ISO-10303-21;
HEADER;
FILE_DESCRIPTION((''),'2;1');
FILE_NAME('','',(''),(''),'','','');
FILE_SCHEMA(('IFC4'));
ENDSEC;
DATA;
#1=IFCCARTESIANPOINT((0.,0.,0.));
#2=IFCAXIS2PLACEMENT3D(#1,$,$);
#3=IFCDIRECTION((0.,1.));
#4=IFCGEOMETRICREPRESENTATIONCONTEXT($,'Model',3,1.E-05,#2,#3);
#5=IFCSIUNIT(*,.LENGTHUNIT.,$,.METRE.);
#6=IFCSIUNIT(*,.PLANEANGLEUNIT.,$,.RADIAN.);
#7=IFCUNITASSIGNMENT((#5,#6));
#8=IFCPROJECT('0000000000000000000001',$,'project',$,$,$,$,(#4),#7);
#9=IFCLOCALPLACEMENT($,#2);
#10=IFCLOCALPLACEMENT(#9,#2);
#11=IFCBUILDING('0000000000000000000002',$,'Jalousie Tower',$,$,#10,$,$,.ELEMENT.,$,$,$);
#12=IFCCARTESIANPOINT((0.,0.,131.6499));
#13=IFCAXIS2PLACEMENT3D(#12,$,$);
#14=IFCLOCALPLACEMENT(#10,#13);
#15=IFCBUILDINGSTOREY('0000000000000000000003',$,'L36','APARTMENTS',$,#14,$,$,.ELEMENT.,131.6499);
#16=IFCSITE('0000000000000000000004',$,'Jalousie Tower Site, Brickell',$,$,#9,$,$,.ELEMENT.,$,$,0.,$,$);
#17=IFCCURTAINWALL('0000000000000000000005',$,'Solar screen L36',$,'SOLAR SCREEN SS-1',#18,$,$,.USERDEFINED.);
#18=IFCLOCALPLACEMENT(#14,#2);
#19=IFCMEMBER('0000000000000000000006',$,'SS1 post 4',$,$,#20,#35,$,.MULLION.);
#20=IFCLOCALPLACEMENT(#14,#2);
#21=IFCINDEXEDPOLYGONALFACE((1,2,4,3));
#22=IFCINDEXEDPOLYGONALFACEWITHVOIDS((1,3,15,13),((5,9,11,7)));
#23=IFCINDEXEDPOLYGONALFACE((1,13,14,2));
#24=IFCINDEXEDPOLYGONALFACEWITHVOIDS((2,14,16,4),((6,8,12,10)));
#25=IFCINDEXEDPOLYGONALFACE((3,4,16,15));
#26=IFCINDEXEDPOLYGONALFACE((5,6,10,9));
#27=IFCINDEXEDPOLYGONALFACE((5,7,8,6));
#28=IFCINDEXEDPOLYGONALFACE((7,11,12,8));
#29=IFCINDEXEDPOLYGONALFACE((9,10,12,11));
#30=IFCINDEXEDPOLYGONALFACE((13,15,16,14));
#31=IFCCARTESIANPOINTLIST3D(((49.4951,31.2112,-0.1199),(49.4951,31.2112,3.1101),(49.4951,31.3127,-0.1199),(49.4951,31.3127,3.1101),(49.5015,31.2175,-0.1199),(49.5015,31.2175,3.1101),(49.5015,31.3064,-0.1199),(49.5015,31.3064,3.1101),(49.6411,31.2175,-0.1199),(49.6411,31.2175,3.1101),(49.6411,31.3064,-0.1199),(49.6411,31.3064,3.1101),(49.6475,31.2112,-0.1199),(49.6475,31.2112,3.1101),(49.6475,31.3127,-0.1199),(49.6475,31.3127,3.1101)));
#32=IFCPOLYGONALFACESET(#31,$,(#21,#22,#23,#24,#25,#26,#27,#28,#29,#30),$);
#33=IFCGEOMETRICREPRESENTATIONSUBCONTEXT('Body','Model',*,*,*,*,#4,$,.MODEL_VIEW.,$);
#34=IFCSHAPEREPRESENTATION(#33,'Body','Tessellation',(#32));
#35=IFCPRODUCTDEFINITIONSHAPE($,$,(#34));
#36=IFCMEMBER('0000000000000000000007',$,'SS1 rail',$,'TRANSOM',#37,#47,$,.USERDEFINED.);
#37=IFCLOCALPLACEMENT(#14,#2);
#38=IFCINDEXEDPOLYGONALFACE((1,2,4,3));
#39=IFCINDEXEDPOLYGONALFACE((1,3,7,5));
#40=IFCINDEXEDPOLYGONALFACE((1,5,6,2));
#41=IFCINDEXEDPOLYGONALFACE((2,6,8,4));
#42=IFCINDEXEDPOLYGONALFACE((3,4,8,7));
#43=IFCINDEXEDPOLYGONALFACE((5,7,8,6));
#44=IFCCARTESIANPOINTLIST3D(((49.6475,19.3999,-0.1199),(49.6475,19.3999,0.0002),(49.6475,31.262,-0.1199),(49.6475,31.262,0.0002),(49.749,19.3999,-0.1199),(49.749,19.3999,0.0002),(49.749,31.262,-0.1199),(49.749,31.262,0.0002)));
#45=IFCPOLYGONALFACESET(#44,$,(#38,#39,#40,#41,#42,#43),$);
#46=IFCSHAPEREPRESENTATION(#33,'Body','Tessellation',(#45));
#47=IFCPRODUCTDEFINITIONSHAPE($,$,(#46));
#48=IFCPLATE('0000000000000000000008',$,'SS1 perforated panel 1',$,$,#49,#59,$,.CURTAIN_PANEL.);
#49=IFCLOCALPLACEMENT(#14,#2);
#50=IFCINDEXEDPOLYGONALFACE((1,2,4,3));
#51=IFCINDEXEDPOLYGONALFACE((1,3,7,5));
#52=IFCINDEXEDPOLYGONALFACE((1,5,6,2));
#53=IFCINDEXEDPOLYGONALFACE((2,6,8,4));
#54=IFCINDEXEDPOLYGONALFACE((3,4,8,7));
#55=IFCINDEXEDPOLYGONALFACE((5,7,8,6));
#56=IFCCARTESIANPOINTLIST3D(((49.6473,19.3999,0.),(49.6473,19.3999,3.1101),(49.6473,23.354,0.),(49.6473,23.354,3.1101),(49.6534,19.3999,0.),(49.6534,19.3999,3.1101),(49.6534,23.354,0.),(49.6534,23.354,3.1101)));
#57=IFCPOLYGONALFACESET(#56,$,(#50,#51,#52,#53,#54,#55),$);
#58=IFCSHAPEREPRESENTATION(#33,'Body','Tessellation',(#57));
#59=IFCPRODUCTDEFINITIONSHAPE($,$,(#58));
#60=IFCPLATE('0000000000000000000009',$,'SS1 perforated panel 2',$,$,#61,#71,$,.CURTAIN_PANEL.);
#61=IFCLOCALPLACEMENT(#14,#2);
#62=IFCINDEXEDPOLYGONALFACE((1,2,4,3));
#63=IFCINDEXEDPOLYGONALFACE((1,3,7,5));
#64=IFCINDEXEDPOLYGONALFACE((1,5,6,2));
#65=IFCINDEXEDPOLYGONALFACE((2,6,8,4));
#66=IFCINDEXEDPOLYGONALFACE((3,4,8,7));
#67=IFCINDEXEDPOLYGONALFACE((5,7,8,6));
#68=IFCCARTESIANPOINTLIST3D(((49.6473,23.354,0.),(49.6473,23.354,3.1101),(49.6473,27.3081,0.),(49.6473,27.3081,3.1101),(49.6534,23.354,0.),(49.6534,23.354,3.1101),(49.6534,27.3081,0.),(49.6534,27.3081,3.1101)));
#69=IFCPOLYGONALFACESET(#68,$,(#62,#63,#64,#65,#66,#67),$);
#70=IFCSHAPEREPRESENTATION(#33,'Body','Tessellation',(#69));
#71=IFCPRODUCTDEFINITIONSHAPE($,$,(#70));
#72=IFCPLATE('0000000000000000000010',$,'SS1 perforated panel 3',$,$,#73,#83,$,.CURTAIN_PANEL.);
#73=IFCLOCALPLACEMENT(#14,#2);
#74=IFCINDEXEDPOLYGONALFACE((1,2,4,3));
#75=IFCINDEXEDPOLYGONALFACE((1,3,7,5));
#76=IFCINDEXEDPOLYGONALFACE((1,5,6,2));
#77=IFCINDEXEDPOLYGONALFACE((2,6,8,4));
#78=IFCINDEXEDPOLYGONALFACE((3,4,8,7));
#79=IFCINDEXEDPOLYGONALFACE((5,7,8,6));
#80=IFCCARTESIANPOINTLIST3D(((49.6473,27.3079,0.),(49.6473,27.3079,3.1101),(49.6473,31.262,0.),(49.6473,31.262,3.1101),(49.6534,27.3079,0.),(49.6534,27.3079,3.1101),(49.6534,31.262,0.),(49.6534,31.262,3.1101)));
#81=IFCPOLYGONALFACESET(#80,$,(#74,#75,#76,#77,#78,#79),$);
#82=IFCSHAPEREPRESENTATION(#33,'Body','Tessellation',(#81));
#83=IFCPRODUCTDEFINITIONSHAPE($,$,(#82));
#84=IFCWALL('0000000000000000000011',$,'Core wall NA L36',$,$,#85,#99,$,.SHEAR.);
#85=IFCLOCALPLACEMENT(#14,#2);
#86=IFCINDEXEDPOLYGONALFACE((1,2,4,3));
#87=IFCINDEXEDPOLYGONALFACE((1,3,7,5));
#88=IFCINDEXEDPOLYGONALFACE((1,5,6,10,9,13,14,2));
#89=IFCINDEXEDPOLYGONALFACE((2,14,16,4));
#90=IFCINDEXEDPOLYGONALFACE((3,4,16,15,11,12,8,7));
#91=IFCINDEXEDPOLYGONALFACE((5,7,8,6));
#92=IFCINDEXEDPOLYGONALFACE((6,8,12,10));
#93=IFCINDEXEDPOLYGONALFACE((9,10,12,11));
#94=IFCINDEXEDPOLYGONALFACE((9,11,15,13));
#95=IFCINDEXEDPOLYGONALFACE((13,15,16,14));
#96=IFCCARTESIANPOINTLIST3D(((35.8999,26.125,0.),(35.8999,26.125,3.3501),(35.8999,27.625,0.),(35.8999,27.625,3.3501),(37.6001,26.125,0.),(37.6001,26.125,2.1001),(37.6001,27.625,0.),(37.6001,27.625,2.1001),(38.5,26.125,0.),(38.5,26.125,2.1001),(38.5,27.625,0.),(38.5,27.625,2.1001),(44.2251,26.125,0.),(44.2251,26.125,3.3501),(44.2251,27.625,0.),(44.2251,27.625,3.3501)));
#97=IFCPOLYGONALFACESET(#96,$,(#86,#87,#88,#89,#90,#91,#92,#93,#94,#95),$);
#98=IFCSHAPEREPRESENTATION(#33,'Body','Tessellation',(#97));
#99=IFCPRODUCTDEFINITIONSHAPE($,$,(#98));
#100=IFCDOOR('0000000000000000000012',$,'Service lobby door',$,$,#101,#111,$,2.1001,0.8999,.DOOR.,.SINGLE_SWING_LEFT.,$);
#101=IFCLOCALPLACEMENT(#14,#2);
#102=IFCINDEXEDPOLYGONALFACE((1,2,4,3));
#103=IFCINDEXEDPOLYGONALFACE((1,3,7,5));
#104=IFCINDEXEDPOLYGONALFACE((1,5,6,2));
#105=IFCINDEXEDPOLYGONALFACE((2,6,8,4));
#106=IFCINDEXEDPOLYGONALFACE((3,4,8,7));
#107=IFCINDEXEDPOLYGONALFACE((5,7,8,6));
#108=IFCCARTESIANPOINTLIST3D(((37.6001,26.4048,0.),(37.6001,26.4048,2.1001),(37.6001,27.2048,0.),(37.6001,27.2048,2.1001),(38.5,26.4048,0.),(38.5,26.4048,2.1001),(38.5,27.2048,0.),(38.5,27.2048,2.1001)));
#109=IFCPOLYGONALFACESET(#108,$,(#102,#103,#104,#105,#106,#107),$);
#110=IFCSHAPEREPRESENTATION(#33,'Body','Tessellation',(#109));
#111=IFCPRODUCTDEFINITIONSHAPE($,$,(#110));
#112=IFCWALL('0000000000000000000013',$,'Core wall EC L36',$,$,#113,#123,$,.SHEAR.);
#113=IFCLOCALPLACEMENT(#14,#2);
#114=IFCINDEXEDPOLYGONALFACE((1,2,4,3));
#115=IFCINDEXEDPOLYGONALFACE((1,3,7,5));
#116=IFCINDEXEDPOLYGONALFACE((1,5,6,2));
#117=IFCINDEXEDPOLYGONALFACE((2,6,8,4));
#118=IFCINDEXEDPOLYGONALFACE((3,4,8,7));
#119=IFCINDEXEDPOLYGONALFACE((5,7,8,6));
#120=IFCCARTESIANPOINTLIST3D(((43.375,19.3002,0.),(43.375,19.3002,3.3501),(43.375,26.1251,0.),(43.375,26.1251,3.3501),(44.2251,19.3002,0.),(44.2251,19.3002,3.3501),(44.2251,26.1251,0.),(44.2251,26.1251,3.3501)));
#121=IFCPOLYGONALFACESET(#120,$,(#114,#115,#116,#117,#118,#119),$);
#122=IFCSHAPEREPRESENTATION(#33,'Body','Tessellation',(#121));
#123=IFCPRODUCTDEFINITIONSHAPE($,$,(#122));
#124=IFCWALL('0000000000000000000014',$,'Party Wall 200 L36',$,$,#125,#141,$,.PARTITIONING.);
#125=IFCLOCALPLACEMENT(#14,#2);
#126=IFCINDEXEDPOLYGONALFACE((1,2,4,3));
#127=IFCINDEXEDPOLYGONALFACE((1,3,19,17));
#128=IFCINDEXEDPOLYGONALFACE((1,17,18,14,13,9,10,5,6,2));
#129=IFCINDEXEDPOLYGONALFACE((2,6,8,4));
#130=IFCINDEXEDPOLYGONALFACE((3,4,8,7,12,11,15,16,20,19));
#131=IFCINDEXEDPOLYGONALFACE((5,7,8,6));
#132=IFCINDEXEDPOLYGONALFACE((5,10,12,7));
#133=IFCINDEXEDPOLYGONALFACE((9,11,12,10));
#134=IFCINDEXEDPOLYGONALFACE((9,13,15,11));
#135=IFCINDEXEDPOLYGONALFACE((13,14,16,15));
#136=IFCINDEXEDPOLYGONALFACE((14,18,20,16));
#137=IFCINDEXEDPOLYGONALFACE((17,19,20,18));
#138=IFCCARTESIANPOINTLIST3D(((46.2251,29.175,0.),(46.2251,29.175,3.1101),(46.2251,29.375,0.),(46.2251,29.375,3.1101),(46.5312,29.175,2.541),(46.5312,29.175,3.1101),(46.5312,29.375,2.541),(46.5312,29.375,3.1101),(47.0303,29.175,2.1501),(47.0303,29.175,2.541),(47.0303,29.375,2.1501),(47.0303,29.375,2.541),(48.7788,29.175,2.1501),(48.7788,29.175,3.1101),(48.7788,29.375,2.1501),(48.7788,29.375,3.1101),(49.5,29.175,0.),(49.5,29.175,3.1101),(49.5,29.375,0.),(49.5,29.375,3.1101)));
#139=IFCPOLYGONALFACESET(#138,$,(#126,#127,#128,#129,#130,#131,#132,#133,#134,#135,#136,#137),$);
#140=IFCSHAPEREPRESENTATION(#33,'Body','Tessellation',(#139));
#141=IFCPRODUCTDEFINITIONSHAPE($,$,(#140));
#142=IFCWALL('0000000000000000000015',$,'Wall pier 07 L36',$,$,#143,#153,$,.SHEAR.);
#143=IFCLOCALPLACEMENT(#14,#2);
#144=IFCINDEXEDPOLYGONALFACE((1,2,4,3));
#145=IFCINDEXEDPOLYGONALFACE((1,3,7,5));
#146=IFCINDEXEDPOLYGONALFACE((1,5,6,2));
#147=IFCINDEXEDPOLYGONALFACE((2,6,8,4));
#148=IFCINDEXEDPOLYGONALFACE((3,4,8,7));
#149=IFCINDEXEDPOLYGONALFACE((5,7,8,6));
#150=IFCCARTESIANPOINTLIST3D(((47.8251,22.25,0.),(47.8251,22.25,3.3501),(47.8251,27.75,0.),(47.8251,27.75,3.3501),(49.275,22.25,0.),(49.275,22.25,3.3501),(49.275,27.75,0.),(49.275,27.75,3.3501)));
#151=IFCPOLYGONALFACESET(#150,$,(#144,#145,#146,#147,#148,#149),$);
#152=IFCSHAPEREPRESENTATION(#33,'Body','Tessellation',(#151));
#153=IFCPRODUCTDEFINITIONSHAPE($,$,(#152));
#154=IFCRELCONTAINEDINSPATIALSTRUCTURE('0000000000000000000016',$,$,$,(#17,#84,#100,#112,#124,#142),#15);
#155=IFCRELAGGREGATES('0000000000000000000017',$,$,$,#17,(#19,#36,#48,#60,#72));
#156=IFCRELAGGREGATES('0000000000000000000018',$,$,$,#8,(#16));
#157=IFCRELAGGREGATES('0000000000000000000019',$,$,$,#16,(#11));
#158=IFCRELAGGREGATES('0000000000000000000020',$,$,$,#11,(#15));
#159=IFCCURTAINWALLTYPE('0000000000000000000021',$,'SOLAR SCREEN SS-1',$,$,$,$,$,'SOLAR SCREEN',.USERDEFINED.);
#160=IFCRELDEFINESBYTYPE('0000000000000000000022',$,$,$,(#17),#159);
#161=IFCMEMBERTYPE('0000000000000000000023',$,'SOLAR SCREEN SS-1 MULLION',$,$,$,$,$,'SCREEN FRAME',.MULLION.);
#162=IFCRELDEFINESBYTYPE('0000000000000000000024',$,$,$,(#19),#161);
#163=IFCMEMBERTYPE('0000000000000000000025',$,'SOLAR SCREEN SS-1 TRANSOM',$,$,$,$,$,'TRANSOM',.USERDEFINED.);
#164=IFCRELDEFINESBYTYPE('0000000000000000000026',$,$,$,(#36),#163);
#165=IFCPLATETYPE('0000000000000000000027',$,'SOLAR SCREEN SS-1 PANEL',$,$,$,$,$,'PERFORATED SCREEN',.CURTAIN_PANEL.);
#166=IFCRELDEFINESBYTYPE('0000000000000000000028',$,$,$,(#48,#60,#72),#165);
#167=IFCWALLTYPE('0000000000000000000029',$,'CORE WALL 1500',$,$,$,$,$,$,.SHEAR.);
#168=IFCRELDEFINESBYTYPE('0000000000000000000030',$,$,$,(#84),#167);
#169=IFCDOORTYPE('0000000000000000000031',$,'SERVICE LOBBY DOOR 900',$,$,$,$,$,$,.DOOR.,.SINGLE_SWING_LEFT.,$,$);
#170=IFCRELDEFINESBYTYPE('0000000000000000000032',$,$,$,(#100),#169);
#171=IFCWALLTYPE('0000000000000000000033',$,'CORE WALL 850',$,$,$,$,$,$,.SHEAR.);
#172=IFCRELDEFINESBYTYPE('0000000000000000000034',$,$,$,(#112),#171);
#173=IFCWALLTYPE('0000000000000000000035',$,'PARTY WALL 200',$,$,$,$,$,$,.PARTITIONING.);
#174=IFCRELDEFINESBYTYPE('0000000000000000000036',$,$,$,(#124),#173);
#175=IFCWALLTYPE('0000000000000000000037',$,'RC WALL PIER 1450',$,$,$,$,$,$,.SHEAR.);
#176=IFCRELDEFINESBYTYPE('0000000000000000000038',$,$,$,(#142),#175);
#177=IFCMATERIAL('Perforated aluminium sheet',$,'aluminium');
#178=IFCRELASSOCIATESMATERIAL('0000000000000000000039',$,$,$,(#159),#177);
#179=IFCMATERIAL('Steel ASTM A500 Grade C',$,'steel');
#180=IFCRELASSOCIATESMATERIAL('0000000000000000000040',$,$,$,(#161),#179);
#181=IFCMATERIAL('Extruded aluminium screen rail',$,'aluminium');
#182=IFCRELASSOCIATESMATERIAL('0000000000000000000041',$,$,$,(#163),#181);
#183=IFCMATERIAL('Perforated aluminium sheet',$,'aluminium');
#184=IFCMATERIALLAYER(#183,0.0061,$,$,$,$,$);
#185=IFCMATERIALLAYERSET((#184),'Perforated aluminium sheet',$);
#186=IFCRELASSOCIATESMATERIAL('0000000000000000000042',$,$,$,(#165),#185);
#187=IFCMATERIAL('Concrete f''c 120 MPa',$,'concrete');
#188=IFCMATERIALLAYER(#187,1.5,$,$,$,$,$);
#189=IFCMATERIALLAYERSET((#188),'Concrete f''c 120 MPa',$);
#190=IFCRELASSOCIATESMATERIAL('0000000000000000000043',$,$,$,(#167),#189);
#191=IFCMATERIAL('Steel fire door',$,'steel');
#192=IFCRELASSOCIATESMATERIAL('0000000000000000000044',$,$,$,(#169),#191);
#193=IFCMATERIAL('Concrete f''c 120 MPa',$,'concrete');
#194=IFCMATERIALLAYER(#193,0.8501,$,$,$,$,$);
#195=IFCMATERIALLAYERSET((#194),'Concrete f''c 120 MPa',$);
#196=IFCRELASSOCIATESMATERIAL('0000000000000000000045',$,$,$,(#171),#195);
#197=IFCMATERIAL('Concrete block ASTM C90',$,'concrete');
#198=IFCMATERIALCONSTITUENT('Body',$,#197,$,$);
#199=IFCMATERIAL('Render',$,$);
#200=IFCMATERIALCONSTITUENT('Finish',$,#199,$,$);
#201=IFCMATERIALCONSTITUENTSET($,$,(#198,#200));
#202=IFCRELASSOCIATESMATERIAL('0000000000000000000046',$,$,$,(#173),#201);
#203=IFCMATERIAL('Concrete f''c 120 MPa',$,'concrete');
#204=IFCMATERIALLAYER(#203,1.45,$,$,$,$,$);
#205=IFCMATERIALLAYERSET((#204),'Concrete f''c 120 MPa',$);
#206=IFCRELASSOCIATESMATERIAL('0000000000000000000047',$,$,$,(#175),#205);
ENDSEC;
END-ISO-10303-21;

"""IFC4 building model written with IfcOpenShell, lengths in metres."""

from ifc_helpers import new_model, si_unit, direction, frame, frame_2d, origin, origin_2d, place, context, subcontext, project, spatial, polyline, rectangle, hollow_rectangle, outline, extrude, material, layer, layer_set, constituent, constituent_set, material_profile, profile_set, type_object, element, fill, aggregate, save


model = new_model("IFC4")

# Units and contexts
model_context = context("Model", 3, precision=1e-05, world=origin(), true_north=direction((0.0, 1.0)))
body_context = subcontext(model_context, "Body", "Model", "MODEL_VIEW")
ifc_project = project(units=[si_unit("LENGTHUNIT", "METRE"), si_unit("PLANEANGLEUNIT", "RADIAN")], contexts=[model_context])

# Site, building, storey
site_placement = place(None, origin())
site = spatial("IfcSite", under=ifc_project, at=site_placement, Name="Jalousie Tower Site, Brickell", CompositionType="ELEMENT", RefElevation=0.0)
building_placement = place(site_placement, origin())
building = spatial("IfcBuilding", under=site, at=building_placement, Name="Jalousie Tower", CompositionType="ELEMENT")
storey_placement = place(building_placement, frame((0.0, 0.0, 131.6499)))
storey = spatial("IfcBuildingStorey", under=building, at=storey_placement, Name="L36", Description="APARTMENTS", CompositionType="ELEMENT", Elevation=131.6499)

# Shared definitions
ifc_material_1 = material(Name="Perforated aluminium sheet", Category="aluminium")
curtain_wall_type = type_object("IfcCurtainWallType", Name="SOLAR SCREEN SS-1", ElementType="SOLAR SCREEN", PredefinedType="USERDEFINED", material=ifc_material_1)
ifc_material_2 = material(Name="Steel ASTM A500 Grade C", Category="steel")
ifc_material_profile_1 = material_profile(ifc_material_2, hollow_rectangle(XDim=0.1016, YDim=0.1523, WallThickness=0.0063, at=origin_2d()), Name="HSS6X4X1/4")
ifc_profile_set_1 = profile_set([ifc_material_profile_1], Name="Steel ASTM A500 Grade C")
member_type_1 = type_object("IfcMemberType", Name="SOLAR SCREEN SS-1 MULLION", ElementType="SCREEN FRAME", PredefinedType="MULLION", material=ifc_profile_set_1)

# Curtain wall, members, plates
curtain_wall_1_placement = place(storey_placement, origin())
curtain_wall_1 = element("IfcCurtainWall", 1, at=curtain_wall_1_placement, inside=storey, type_object=curtain_wall_type, Name="Solar screen L36", ObjectType="SOLAR SCREEN SS-1", PredefinedType="USERDEFINED")
member_1_placement = place(storey_placement, frame((49.5713, 31.262, -0.1199), z_axis=(0.0, 0.0, 1.0), x_axis=(0.0, 1.0, 0.0)))
member_1 = element("IfcMember", 2, at=member_1_placement, type_object=member_type_1, Name="SS1 post 4", PredefinedType="MULLION", context=body_context, shape_type="SweptSolid", body=[
    extrude(hollow_rectangle(XDim=0.1016, YDim=0.1523, WallThickness=0.0063, at=origin_2d()), origin(), (0.0, 0.0, 1.0), 3.23),
])
ifc_material_3 = material(Name="Extruded aluminium screen rail", Category="aluminium")
ifc_material_profile_2 = material_profile(ifc_material_3, rectangle(XDim=0.1016, YDim=0.1201, at=origin_2d()), Name="RAIL 102x120")
ifc_profile_set_2 = profile_set([ifc_material_profile_2], Name="Extruded aluminium screen rail")
member_type_2 = type_object("IfcMemberType", Name="SOLAR SCREEN SS-1 TRANSOM", ElementType="TRANSOM", PredefinedType="USERDEFINED", material=ifc_profile_set_2)
member_2_placement = place(storey_placement, frame((49.6982, 19.3999, -0.0598), z_axis=(0.0, 1.0, 0.0), x_axis=(-1.0, 0.0, 0.0)))
member_2 = element("IfcMember", 3, at=member_2_placement, type_object=member_type_2, Name="SS1 rail", ObjectType="TRANSOM", PredefinedType="USERDEFINED", context=body_context, shape_type="SweptSolid", body=[
    extrude(rectangle(XDim=0.1016, YDim=0.1201, at=origin_2d()), origin(), (0.0, 0.0, 1.0), 11.8621),
])
ifc_material_4 = material(Name="Perforated aluminium sheet", Category="aluminium")
ifc_layer_1 = layer(ifc_material_4, 0.0061)
ifc_layer_set_1 = layer_set([ifc_layer_1], Name="Perforated aluminium sheet")
plate_type = type_object("IfcPlateType", Name="SOLAR SCREEN SS-1 PANEL", ElementType="PERFORATED SCREEN", PredefinedType="CURTAIN_PANEL", material=ifc_layer_set_1)
plate_1_placement = place(storey_placement, frame((49.6504, 21.377, 0.0), z_axis=(0.0, 0.0, 1.0), x_axis=(0.0, 1.0, 0.0)))
plate_1 = element("IfcPlate", 4, at=plate_1_placement, type_object=plate_type, Name="SS1 perforated panel 1", PredefinedType="CURTAIN_PANEL", context=body_context, shape_type="SweptSolid", body=[
    extrude(rectangle(XDim=3.9541, YDim=0.0061, at=origin_2d()), origin(), (0.0, 0.0, 1.0), 3.1101),
])
plate_2_placement = place(storey_placement, frame((49.6504, 25.3311, 0.0), z_axis=(0.0, 0.0, 1.0), x_axis=(0.0, 1.0, 0.0)))
plate_2 = element("IfcPlate", 5, at=plate_2_placement, type_object=plate_type, Name="SS1 perforated panel 2", PredefinedType="CURTAIN_PANEL", context=body_context, shape_type="SweptSolid", body=[
    extrude(rectangle(XDim=3.9541, YDim=0.0061, at=origin_2d()), origin(), (0.0, 0.0, 1.0), 3.1101),
])
plate_3_placement = place(storey_placement, frame((49.6504, 29.2849, 0.0), z_axis=(0.0, 0.0, 1.0), x_axis=(0.0, 1.0, 0.0)))
plate_3 = element("IfcPlate", 6, at=plate_3_placement, type_object=plate_type, Name="SS1 perforated panel 3", PredefinedType="CURTAIN_PANEL", context=body_context, shape_type="SweptSolid", body=[
    extrude(rectangle(XDim=3.9541, YDim=0.0061, at=origin_2d()), origin(), (0.0, 0.0, 1.0), 3.1101),
])
aggregate(curtain_wall_1, [member_1, member_2, plate_1, plate_2, plate_3])

# Wall, opening, door
ifc_material_5 = material(Name="Concrete f'c 120 MPa", Category="concrete")
ifc_layer_2 = layer(ifc_material_5, 1.5)
ifc_layer_set_2 = layer_set([ifc_layer_2], Name="Concrete f'c 120 MPa")
wall_type_1 = type_object("IfcWallType", Name="CORE WALL 1500", PredefinedType="SHEAR", material=ifc_layer_set_2)
wall_1_placement = place(storey_placement, frame((44.2251, 26.875, 0.0), z_axis=(0.0, 0.0, 1.0), x_axis=(-1.0, 0.0, 0.0)))
wall_1 = element("IfcWall", 7, at=wall_1_placement, inside=storey, type_object=wall_type_1, Name="Core wall NA L36", PredefinedType="SHEAR", context=body_context, shape_type="SweptSolid", body=[
    extrude(rectangle(XDim=8.3252, YDim=1.5, at=frame_2d((4.1626, 0.0))), origin(), (0.0, 0.0, 1.0), 3.3501),
])
opening_placement = place(wall_1_placement, frame((5.7251, 0.0, 0.0)))
opening = element("IfcOpeningElement", 8, at=opening_placement, cuts=wall_1, PredefinedType="OPENING", context=body_context, shape_type="SweptSolid", body=[
    extrude(rectangle(XDim=0.8999, YDim=2.1001, at=frame_2d((0.45, 1.05))), frame((0.0, 0.76, 0.0), z_axis=(0.0, -1.0, 0.0), x_axis=(1.0, 0.0, 0.0)), (0.0, 0.0, 1.0), 1.52),
])
ifc_material_6 = material(Name="Steel fire door", Category="steel")
door_type = type_object("IfcDoorType", Name="SERVICE LOBBY DOOR 900", OperationType="SINGLE_SWING_LEFT", PredefinedType="DOOR", material=ifc_material_6)
door_placement = place(opening_placement, origin())
door = element("IfcDoor", 9, at=door_placement, inside=storey, type_object=door_type, Name="Service lobby door", OperationType="SINGLE_SWING_LEFT", OverallHeight=2.1001, OverallWidth=0.8999, PredefinedType="DOOR", context=body_context, shape_type="SweptSolid", body=[
    extrude(rectangle(XDim=0.8999, YDim=2.1001, at=frame_2d((0.45, 1.05))), frame((0.0, 0.4702, 0.0), z_axis=(0.0, -1.0, 0.0), x_axis=(1.0, 0.0, 0.0)), (0.0, 0.0, 1.0), 0.8),
])
fill(opening, door)

# Walls
ifc_material_7 = material(Name="Concrete f'c 120 MPa", Category="concrete")
ifc_layer_3 = layer(ifc_material_7, 0.8501)
ifc_layer_set_3 = layer_set([ifc_layer_3], Name="Concrete f'c 120 MPa")
wall_type_2 = type_object("IfcWallType", Name="CORE WALL 850", PredefinedType="SHEAR", material=ifc_layer_set_3)
wall_2_placement = place(storey_placement, frame((43.8, 19.3, 0.0), z_axis=(0.0, 0.0, 1.0), x_axis=(0.0, 1.0, 0.0)))
element("IfcWall", 10, at=wall_2_placement, inside=storey, type_object=wall_type_2, Name="Core wall EC L36", PredefinedType="SHEAR", context=body_context, shape_type="SweptSolid", body=[
    extrude(rectangle(XDim=6.825, YDim=0.8501, at=frame_2d((3.4126, 0.0))), origin(), (0.0, 0.0, 1.0), 3.3501),
])
ifc_material_8 = material(Name="Concrete block ASTM C90", Category="concrete")
ifc_constituent_1 = constituent(ifc_material_8, Name="Body")
ifc_material_9 = material(Name="Render")
ifc_constituent_2 = constituent(ifc_material_9, Name="Finish")
ifc_constituent_set_1 = constituent_set(constituents=[ifc_constituent_1, ifc_constituent_2])
wall_type_3 = type_object("IfcWallType", Name="PARTY WALL 200", PredefinedType="PARTITIONING", material=ifc_constituent_set_1)
wall_3_placement = place(storey_placement, frame((46.2251, 29.2749, 0.0), z_axis=(0.0, 0.0, 1.0), x_axis=(1.0, 0.0, 0.0)))
element("IfcWall", 11, at=wall_3_placement, inside=storey, type_object=wall_type_3, Name="Party Wall 200 L36", PredefinedType="PARTITIONING", context=body_context, shape_type="SweptSolid", body=[
    extrude(outline(polyline([(0.0, 0.0), (3.2749, 0.0), (3.2749, 3.1101), (2.5537, 3.1101), (2.5537, 2.1501), (0.8052, 2.1501), (0.8052, 2.541), (0.3062, 2.541), (0.3062, 3.1101), (0.0, 3.1101), (0.0, 0.0)])), frame((0.0, 0.1001, 0.0), z_axis=(0.0, -1.0, 0.0), x_axis=(1.0, 0.0, 0.0)), (0.0, 0.0, 1.0), 0.2),
])
ifc_material_10 = material(Name="Concrete f'c 120 MPa", Category="concrete")
ifc_layer_4 = layer(ifc_material_10, 1.45)
ifc_layer_set_4 = layer_set([ifc_layer_4], Name="Concrete f'c 120 MPa")
wall_type_4 = type_object("IfcWallType", Name="RC WALL PIER 1450", PredefinedType="SHEAR", material=ifc_layer_set_4)
wall_4_placement = place(storey_placement, frame((48.55, 22.25, 0.0), z_axis=(0.0, 0.0, 1.0), x_axis=(0.0, 1.0, 0.0)))
element("IfcWall", 12, at=wall_4_placement, inside=storey, type_object=wall_type_4, Name="Wall pier 07 L36", PredefinedType="SHEAR", context=body_context, shape_type="SweptSolid", body=[
    extrude(rectangle(XDim=5.5, YDim=1.45, at=frame_2d((2.75, 0.0))), origin(), (0.0, 0.0, 1.0), 3.3501),
])

save(model, "model.ifc")
